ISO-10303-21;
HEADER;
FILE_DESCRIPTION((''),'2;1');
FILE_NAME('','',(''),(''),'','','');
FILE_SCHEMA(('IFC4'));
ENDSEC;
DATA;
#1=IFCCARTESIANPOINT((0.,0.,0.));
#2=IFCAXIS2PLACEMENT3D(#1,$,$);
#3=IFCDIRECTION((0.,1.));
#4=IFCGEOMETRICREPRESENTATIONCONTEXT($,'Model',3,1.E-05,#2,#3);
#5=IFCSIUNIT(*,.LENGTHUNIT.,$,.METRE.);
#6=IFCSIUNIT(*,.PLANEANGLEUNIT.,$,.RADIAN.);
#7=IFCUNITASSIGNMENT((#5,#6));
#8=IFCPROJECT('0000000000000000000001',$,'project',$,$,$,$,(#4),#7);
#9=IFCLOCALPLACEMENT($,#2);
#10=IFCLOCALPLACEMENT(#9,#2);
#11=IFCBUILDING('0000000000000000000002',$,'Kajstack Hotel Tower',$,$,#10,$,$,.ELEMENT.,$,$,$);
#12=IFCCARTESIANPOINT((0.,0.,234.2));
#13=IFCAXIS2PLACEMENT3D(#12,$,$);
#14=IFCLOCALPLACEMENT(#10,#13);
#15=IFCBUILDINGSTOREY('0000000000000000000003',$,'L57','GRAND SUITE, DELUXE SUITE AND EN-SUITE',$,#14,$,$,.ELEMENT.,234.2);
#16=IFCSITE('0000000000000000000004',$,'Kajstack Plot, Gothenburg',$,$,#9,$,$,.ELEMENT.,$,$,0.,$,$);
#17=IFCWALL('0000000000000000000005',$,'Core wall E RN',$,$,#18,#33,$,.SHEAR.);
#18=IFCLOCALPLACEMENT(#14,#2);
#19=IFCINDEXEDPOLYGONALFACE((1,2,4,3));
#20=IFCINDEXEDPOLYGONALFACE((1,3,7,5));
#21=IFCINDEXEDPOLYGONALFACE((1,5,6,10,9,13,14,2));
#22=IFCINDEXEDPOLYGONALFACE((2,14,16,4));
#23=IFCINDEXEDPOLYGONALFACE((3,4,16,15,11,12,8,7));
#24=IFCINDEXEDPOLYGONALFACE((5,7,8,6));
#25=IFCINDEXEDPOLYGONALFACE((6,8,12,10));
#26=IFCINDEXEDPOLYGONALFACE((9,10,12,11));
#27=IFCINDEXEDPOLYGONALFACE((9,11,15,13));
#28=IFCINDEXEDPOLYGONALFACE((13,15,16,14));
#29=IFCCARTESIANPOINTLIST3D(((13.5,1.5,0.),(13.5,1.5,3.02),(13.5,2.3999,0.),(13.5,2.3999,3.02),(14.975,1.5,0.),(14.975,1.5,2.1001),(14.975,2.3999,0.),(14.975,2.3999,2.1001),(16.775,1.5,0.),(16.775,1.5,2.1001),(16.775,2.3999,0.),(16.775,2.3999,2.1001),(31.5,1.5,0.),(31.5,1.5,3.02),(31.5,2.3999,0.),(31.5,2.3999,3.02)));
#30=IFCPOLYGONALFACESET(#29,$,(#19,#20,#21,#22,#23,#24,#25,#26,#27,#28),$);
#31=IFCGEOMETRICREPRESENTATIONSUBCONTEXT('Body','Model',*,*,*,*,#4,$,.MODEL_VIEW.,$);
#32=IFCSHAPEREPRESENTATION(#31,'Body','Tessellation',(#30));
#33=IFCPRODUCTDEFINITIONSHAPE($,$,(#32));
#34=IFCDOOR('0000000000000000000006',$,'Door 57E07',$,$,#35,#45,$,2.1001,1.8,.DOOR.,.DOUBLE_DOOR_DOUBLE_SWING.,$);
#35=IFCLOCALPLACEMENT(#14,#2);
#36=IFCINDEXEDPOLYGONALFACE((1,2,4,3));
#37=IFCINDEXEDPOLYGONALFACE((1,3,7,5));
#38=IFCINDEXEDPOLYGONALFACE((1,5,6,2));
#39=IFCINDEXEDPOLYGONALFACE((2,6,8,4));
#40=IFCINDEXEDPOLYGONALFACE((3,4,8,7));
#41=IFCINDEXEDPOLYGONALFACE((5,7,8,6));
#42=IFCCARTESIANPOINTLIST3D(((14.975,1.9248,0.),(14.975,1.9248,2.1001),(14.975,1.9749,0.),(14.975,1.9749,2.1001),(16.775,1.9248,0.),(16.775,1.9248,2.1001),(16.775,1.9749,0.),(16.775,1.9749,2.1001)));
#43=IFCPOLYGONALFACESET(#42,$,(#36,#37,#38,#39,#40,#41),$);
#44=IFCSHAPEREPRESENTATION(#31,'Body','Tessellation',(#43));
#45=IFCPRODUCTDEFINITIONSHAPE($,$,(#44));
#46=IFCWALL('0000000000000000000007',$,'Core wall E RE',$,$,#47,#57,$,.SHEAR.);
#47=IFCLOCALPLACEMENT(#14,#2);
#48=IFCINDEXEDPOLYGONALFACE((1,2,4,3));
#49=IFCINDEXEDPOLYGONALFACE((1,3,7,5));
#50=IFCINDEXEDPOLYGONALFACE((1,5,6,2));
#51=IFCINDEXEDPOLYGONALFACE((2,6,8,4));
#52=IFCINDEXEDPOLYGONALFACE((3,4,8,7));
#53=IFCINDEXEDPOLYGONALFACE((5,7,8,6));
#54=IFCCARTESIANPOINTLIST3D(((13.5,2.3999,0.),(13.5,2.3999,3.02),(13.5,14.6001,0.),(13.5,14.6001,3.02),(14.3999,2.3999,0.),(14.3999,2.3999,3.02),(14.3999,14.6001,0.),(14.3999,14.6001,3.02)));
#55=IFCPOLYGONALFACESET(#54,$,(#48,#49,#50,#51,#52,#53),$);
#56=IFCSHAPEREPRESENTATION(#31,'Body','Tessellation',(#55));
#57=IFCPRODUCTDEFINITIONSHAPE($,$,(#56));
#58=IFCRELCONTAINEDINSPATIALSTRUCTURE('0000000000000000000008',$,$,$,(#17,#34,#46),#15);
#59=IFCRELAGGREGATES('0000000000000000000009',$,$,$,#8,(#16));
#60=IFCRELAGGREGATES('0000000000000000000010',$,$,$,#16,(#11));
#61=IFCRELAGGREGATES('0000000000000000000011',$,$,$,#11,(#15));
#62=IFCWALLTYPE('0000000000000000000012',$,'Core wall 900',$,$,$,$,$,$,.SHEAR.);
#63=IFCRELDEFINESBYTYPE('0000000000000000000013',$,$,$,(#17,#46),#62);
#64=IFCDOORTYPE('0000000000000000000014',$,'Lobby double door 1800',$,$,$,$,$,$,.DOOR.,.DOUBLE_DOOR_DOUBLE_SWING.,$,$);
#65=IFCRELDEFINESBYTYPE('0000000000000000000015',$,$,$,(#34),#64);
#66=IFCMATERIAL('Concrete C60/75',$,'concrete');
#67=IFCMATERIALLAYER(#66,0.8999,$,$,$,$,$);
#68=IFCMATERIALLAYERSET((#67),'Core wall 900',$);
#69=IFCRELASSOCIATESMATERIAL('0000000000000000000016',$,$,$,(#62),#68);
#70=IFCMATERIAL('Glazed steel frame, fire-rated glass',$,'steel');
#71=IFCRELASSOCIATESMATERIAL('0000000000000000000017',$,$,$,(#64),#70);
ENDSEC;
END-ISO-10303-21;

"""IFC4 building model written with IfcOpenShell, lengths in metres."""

from ifc_helpers import new_model, si_unit, direction, frame, frame_2d, origin, place, context, subcontext, project, spatial, rectangle, extrude, material, layer, layer_set, type_object, element, fill, save


model = new_model("IFC4")

# Units and contexts
model_context = context("Model", 3, precision=1e-05, world=origin(), true_north=direction((0.0, 1.0)))
body_context = subcontext(model_context, "Body", "Model", "MODEL_VIEW")
ifc_project = project(units=[si_unit("LENGTHUNIT", "METRE"), si_unit("PLANEANGLEUNIT", "RADIAN")], contexts=[model_context])

# Site, building, storey
site_placement = place(None, origin())
site = spatial("IfcSite", under=ifc_project, at=site_placement, Name="Kajstack Plot, Gothenburg", CompositionType="ELEMENT", RefElevation=0.0)
building_placement = place(site_placement, origin())
building = spatial("IfcBuilding", under=site, at=building_placement, Name="Kajstack Hotel Tower", CompositionType="ELEMENT")
storey_placement = place(building_placement, frame((0.0, 0.0, 234.2)))
storey = spatial("IfcBuildingStorey", under=building, at=storey_placement, Name="L57", Description="GRAND SUITE, DELUXE SUITE AND EN-SUITE", CompositionType="ELEMENT", Elevation=234.2)

# Wall, opening, door
ifc_material_1 = material(Name="Concrete C60/75", Category="concrete")
ifc_layer_1 = layer(ifc_material_1, 0.8999)
ifc_layer_set_1 = layer_set([ifc_layer_1], Name="Core wall 900")
wall_type_1 = type_object("IfcWallType", Name="Core wall 900", PredefinedType="SHEAR", material=ifc_layer_set_1)
wall_1_placement = place(storey_placement, frame((13.5, 1.95, 0.0), z_axis=(0.0, 0.0, 1.0), x_axis=(1.0, 0.0, 0.0)))
wall_1 = element("IfcWall", 1, at=wall_1_placement, inside=storey, type_object=wall_type_1, Name="Core wall E RN", PredefinedType="SHEAR", context=body_context, shape_type="SweptSolid", body=[
    extrude(rectangle(XDim=18.0, YDim=0.8999, at=frame_2d((9.0, 0.0))), origin(), (0.0, 0.0, 1.0), 3.02),
])
opening_1_placement = place(wall_1_placement, frame((1.4751, 0.0, 0.0)))
opening_1 = element("IfcOpeningElement", 2, at=opening_1_placement, cuts=wall_1, PredefinedType="OPENING", context=body_context, shape_type="SweptSolid", body=[
    extrude(rectangle(XDim=1.8, YDim=2.1001, at=frame_2d((0.8999, 1.05))), frame((0.0, 0.46, 0.0), z_axis=(0.0, -1.0, 0.0), x_axis=(1.0, 0.0, 0.0)), (0.0, 0.0, 1.0), 0.9199),
])
ifc_material_2 = material(Name="Glazed steel frame, fire-rated glass", Category="steel")
door_type_1 = type_object("IfcDoorType", Name="Lobby double door 1800", OperationType="DOUBLE_DOOR_DOUBLE_SWING", PredefinedType="DOOR", material=ifc_material_2)
door_1_placement = place(opening_1_placement, origin())
door_1 = element("IfcDoor", 3, at=door_1_placement, inside=storey, type_object=door_type_1, Name="Door 57E07", OperationType="DOUBLE_DOOR_DOUBLE_SWING", OverallHeight=2.1001, OverallWidth=1.8, PredefinedType="DOOR", context=body_context, shape_type="SweptSolid", body=[
    extrude(rectangle(XDim=1.8, YDim=2.1001, at=frame_2d((0.8999, 1.05))), frame((0.0, 0.0249, 0.0), z_axis=(0.0, -1.0, 0.0), x_axis=(1.0, 0.0, 0.0)), (0.0, 0.0, 1.0), 0.05),
])
fill(opening_1, door_1)

# Wall
wall_2_placement = place(storey_placement, frame((13.95, 2.3999, 0.0), z_axis=(0.0, 0.0, 1.0), x_axis=(0.0, 1.0, 0.0)))
element("IfcWall", 4, at=wall_2_placement, inside=storey, type_object=wall_type_1, Name="Core wall E RE", PredefinedType="SHEAR", context=body_context, shape_type="SweptSolid", body=[
    extrude(rectangle(XDim=12.2002, YDim=0.8999, at=frame_2d((6.1001, 0.0))), origin(), (0.0, 0.0, 1.0), 3.02),
])

save(model, "model.ifc")
